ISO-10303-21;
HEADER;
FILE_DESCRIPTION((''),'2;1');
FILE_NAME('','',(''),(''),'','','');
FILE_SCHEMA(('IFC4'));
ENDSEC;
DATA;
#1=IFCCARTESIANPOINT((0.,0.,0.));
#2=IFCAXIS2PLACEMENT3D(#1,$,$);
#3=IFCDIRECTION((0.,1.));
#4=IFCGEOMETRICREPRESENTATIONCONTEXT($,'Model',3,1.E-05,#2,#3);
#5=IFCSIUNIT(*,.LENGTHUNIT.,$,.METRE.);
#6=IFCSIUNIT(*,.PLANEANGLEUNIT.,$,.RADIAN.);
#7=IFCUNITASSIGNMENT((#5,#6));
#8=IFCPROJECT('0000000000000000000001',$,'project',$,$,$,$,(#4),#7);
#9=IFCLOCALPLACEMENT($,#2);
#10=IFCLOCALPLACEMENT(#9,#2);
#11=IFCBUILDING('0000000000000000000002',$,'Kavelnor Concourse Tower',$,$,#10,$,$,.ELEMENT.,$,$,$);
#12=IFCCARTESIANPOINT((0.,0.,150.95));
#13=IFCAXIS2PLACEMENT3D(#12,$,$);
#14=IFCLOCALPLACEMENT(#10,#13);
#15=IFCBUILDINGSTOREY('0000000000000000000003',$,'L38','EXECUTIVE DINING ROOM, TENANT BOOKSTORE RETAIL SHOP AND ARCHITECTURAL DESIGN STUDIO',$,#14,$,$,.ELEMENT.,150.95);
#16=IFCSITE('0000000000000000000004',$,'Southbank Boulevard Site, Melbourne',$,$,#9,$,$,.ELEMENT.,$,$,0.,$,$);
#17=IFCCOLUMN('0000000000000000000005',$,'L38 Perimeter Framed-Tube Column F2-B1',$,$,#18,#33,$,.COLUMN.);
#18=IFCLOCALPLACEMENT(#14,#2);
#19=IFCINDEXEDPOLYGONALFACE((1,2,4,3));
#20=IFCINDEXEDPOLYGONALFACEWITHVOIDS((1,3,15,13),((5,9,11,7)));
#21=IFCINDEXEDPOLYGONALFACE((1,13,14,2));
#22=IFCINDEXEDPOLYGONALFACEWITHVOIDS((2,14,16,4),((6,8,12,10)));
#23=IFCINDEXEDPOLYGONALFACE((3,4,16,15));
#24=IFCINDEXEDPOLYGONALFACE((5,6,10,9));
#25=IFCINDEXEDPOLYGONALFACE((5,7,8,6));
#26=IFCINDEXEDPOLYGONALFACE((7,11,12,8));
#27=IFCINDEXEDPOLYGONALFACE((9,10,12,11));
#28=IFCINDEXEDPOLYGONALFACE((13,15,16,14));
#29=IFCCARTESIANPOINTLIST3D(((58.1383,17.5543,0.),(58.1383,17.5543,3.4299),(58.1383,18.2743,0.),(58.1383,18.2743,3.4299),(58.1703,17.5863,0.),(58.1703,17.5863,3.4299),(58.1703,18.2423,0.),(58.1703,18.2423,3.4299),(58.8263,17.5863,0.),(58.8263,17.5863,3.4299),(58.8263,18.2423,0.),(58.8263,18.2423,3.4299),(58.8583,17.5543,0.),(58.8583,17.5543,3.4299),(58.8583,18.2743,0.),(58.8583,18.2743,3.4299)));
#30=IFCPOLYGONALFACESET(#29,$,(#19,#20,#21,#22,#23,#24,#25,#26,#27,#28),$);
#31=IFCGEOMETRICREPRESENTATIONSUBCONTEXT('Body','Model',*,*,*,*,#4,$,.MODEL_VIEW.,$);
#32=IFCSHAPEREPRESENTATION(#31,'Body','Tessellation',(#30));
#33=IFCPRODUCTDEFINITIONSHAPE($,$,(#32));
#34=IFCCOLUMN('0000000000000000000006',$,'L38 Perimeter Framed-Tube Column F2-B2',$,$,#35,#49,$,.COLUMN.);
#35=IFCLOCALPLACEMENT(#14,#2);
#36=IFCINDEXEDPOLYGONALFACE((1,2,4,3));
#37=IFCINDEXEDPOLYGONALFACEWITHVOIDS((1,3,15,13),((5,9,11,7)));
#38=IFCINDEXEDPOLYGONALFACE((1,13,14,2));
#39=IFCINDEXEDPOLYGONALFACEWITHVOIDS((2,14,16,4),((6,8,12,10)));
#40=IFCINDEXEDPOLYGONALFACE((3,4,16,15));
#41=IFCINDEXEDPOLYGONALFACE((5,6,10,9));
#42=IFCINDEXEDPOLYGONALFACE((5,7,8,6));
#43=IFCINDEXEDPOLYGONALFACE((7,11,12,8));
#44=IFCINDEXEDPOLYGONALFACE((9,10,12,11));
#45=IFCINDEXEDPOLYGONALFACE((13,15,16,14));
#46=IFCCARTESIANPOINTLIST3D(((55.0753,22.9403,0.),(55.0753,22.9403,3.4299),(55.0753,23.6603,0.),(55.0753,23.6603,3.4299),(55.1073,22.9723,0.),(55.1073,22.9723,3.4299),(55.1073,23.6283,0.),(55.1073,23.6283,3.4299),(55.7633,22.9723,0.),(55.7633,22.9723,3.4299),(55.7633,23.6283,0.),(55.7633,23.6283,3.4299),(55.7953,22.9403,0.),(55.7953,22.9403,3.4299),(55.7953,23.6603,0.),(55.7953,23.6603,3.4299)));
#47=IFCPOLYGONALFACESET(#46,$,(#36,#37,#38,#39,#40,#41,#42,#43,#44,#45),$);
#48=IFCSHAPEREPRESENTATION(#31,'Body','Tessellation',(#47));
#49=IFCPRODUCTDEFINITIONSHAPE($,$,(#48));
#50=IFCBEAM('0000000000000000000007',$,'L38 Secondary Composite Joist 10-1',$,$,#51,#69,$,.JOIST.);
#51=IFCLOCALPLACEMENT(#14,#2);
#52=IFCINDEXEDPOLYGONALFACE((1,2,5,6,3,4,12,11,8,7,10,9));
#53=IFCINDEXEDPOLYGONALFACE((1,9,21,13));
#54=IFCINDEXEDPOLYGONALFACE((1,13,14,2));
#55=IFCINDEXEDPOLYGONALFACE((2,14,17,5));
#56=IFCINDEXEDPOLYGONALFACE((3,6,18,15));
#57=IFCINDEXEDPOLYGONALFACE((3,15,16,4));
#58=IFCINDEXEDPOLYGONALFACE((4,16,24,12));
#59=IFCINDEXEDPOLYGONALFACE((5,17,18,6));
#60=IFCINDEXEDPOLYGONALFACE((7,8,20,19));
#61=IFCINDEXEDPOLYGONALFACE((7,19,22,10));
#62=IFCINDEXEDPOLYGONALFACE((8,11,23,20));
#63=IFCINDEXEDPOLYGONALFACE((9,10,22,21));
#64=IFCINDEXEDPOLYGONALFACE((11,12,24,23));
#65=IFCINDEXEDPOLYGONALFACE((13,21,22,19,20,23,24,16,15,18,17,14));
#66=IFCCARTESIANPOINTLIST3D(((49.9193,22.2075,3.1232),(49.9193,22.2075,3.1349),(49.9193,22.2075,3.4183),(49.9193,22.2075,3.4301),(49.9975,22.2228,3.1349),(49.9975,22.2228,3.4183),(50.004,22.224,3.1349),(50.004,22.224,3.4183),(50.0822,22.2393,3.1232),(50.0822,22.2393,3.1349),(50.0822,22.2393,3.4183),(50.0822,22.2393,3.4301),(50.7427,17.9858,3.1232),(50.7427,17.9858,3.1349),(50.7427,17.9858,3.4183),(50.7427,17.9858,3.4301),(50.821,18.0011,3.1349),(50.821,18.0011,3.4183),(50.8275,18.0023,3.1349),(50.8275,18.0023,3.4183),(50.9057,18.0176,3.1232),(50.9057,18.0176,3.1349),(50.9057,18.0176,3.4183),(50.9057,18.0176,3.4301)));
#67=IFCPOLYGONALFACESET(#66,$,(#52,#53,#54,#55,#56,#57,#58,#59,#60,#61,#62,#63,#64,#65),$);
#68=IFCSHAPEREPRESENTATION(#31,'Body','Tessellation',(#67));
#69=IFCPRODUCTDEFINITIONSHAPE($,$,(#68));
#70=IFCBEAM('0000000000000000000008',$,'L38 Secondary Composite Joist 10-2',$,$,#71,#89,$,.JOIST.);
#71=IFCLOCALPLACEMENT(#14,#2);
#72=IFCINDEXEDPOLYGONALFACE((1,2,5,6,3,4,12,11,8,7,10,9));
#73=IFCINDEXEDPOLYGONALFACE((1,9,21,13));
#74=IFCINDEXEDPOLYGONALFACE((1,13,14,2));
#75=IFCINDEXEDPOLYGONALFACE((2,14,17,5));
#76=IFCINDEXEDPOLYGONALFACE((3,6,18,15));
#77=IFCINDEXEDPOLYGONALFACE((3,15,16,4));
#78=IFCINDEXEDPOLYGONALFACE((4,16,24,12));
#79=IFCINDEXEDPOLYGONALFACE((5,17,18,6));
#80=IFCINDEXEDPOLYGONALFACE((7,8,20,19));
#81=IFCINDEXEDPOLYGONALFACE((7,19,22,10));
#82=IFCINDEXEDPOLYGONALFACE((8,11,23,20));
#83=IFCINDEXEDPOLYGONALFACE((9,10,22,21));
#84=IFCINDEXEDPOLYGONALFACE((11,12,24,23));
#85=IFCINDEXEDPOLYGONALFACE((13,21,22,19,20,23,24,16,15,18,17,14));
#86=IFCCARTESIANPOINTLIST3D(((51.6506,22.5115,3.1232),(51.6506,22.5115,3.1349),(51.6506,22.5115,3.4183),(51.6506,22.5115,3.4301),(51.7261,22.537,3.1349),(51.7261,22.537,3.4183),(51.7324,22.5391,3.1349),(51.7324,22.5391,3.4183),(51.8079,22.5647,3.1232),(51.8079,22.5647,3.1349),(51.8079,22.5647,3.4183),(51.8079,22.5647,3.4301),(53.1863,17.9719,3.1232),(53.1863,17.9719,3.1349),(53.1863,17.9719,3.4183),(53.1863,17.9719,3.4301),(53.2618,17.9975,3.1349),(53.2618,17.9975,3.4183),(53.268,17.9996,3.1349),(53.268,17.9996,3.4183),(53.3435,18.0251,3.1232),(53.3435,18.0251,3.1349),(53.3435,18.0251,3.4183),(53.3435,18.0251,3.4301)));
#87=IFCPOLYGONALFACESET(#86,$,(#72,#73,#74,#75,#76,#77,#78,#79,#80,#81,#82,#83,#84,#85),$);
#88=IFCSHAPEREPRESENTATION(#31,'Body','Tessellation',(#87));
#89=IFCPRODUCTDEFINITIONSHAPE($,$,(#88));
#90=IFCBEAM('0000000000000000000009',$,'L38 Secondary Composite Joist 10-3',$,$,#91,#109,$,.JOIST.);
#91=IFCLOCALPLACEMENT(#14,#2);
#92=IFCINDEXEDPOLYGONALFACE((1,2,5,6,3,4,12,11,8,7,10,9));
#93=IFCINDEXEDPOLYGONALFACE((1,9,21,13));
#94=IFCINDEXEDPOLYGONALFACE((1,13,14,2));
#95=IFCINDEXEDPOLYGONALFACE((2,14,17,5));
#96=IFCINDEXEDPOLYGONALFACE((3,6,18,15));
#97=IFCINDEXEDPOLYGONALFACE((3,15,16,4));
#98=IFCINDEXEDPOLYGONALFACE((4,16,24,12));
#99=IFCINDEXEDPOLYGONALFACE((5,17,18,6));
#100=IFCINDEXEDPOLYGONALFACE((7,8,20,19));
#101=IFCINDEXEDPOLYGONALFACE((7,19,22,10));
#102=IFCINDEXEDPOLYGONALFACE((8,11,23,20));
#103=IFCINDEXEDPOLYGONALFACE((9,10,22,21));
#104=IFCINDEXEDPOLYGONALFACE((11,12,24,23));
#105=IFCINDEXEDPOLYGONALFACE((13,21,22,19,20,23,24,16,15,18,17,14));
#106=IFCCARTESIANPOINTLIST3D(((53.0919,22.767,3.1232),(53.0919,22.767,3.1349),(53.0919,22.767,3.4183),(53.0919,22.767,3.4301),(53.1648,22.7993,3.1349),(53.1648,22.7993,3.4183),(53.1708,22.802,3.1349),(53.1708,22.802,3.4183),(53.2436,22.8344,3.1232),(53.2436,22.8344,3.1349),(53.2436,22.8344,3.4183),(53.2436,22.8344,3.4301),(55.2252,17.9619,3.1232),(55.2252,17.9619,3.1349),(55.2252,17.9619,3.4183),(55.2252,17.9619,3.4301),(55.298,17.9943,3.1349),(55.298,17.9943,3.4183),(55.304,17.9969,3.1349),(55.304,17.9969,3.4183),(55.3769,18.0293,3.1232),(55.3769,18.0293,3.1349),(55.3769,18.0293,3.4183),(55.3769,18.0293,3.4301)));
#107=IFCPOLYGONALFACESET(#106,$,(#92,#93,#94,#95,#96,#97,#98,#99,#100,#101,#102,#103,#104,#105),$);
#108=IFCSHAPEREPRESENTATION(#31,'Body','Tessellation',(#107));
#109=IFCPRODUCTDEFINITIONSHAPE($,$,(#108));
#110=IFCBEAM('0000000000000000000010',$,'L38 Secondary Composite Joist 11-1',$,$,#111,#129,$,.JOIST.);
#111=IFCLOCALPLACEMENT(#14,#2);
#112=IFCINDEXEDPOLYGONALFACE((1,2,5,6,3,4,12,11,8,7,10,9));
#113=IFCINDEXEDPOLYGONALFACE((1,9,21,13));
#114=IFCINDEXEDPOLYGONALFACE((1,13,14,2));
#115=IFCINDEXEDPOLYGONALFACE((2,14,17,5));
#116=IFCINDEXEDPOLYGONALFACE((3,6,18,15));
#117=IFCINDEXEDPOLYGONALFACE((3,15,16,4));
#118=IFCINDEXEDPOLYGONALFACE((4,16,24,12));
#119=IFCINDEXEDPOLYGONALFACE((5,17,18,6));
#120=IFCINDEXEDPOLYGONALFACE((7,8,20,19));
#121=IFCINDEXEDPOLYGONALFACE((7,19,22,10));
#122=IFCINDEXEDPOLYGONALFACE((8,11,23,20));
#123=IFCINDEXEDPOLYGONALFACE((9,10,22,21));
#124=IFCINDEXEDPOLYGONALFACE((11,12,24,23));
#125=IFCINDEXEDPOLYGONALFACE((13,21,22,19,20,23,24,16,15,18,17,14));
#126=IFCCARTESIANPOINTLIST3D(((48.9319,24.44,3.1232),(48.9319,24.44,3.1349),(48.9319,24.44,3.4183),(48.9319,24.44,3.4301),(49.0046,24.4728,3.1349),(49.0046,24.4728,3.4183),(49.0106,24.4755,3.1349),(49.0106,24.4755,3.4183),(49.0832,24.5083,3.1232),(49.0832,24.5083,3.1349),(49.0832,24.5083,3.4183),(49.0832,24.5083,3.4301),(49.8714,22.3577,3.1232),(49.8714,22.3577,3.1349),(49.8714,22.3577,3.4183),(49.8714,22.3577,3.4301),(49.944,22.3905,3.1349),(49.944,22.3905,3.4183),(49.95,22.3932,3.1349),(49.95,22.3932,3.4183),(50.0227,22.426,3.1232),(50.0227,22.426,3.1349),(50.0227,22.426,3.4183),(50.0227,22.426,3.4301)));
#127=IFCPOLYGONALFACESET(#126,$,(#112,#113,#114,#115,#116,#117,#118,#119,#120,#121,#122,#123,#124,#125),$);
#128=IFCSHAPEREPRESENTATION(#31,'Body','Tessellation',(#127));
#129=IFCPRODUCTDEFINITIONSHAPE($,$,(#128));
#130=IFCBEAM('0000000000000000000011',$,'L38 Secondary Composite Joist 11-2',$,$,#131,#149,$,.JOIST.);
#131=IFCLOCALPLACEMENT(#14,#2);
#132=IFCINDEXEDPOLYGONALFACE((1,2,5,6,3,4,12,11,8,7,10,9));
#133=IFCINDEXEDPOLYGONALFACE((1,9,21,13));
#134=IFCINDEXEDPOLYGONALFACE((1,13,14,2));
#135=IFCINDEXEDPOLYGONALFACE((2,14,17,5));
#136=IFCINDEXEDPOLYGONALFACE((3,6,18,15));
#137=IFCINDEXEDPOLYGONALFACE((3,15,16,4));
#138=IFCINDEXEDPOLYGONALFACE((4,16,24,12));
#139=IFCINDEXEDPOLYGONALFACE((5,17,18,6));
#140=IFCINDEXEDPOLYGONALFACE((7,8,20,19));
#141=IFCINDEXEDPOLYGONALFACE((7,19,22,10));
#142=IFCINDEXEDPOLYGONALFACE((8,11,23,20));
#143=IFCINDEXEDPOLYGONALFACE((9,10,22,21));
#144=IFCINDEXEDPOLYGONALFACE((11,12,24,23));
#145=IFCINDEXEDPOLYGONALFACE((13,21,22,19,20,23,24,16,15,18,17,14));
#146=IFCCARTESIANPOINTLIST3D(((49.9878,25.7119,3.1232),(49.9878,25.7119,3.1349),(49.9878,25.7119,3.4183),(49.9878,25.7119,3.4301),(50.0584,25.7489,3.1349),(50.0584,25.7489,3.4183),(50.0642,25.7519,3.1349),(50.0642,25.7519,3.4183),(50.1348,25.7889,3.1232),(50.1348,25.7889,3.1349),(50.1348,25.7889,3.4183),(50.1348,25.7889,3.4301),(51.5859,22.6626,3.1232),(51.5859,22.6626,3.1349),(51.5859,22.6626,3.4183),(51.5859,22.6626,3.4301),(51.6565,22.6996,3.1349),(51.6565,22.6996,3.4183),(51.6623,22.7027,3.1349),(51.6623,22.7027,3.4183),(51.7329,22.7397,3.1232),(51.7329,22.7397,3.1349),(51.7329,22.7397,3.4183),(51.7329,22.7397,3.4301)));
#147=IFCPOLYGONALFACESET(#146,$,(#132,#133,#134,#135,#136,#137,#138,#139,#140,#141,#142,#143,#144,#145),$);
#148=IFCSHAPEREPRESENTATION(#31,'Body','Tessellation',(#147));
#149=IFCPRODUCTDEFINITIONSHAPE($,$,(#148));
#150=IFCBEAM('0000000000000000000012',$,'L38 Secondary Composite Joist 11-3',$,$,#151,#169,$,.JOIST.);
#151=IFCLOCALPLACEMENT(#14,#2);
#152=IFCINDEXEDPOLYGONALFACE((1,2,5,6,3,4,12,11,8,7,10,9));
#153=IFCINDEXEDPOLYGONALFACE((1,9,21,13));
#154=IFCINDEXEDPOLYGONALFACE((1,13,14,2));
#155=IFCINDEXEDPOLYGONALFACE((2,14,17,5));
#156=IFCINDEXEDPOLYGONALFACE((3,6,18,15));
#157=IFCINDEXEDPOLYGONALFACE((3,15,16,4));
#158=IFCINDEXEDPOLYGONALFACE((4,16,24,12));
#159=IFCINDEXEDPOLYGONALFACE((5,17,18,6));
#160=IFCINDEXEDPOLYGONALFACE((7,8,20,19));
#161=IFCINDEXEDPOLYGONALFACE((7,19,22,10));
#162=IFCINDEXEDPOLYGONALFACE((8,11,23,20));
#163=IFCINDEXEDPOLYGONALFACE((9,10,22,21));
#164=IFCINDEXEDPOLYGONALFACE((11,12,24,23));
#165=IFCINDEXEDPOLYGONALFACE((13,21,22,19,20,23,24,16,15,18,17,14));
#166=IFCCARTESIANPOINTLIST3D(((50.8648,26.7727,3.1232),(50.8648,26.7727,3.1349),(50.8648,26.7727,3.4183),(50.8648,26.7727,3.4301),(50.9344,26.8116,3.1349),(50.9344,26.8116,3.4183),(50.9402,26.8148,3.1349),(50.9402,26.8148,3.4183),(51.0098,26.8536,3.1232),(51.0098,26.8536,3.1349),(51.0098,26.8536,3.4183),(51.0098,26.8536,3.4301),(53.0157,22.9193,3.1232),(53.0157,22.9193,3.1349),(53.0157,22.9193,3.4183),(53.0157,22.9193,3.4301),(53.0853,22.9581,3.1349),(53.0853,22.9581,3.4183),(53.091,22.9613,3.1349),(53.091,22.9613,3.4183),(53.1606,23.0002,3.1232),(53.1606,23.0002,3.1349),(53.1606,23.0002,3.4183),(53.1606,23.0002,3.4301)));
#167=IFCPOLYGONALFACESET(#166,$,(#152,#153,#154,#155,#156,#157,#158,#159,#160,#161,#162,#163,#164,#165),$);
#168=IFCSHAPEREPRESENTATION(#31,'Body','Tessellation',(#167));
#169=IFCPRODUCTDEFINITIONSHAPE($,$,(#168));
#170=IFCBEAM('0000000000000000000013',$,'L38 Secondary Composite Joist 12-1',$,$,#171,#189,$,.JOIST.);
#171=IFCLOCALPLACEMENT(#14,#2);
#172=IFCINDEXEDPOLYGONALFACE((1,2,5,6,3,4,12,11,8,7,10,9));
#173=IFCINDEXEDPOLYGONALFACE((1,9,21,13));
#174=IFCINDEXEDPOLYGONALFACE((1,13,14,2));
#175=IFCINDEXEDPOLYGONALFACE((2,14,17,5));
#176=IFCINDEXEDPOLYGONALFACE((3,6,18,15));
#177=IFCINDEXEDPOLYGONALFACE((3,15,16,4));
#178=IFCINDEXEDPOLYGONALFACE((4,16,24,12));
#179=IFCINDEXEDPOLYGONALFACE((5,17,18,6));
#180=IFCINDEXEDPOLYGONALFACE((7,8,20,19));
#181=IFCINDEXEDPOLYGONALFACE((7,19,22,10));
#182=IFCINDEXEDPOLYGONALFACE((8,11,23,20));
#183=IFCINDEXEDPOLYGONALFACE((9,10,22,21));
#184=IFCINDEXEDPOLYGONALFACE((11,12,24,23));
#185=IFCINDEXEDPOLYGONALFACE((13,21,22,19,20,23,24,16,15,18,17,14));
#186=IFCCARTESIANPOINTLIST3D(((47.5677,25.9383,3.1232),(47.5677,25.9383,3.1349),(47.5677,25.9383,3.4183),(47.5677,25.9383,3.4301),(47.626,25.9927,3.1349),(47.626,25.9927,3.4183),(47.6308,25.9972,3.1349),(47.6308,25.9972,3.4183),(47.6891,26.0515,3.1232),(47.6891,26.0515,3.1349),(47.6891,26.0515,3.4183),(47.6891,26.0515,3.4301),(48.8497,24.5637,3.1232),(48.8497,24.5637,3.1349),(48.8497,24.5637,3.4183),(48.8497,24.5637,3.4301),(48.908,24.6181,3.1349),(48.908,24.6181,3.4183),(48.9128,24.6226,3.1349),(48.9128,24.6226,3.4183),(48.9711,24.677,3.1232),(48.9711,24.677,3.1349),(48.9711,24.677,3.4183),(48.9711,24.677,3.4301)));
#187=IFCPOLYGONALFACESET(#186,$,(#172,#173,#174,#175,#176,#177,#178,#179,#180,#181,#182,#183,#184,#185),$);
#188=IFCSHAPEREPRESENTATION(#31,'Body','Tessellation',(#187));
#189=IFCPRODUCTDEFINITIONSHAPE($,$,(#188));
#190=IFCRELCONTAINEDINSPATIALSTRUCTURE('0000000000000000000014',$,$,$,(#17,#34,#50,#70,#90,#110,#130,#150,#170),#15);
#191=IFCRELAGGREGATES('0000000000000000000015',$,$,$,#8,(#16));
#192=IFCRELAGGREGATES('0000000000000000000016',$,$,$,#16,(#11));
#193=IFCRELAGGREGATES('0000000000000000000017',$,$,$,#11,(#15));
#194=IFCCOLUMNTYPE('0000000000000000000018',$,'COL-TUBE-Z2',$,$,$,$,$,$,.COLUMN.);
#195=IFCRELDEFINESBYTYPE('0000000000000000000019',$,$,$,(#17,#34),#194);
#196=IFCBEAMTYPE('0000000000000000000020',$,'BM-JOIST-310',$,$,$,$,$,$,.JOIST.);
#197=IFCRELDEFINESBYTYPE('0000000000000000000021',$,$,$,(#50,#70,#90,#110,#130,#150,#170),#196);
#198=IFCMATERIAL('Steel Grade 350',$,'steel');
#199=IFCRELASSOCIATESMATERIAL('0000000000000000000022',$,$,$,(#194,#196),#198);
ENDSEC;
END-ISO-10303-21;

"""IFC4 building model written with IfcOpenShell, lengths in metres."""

from ifc_helpers import new_model, si_unit, direction, frame, origin, origin_2d, place, context, subcontext, project, spatial, hollow_rectangle, i_section, extrude, material, material_profile, profile_set, type_object, element, save


model = new_model("IFC4")

# Units and contexts
model_context = context("Model", 3, precision=1e-05, world=origin(), true_north=direction((0.0, 1.0)))
body_context = subcontext(model_context, "Body", "Model", "MODEL_VIEW")
ifc_project = project(units=[si_unit("LENGTHUNIT", "METRE"), si_unit("PLANEANGLEUNIT", "RADIAN")], contexts=[model_context])

# Site, building, storey
site_placement = place(None, origin())
site = spatial("IfcSite", under=ifc_project, at=site_placement, Name="Southbank Boulevard Site, Melbourne", CompositionType="ELEMENT", RefElevation=0.0)
building_placement = place(site_placement, origin())
building = spatial("IfcBuilding", under=site, at=building_placement, Name="Kavelnor Concourse Tower", CompositionType="ELEMENT")
storey_placement = place(building_placement, frame((0.0, 0.0, 150.95)))
storey = spatial("IfcBuildingStorey", under=building, at=storey_placement, Name="L38", Description="EXECUTIVE DINING ROOM, TENANT BOOKSTORE RETAIL SHOP AND ARCHITECTURAL DESIGN STUDIO", CompositionType="ELEMENT", Elevation=150.95)

# Columns
ifc_material_1 = material(Name="Steel Grade 350", Category="steel")
ifc_material_profile_1 = material_profile(ifc_material_1, hollow_rectangle(XDim=0.72, YDim=0.72, WallThickness=0.032, at=origin_2d()), Name="SHS 720x720x32")
ifc_profile_set_1 = profile_set([ifc_material_profile_1], Name="Steel Grade 350")
column_type = type_object("IfcColumnType", Name="COL-TUBE-Z2", PredefinedType="COLUMN", material=ifc_profile_set_1)
for number, where, z_axis, x_axis, name in (
    (1, (58.4983, 17.9143, 0.0), (0.0, 0.0, 1.0), (1.0, 0.0, 0.0), "L38 Perimeter Framed-Tube Column F2-B1"),
    (2, (55.4353, 23.3003, 0.0), (0.0, 0.0, 1.0), (1.0, 0.0, 0.0), "L38 Perimeter Framed-Tube Column F2-B2"),
):
    element("IfcColumn", number, at=place(storey_placement, frame(where, z_axis=z_axis, x_axis=x_axis)), inside=storey, type_object=column_type, Name=name, PredefinedType="COLUMN", context=body_context, shape_type="SweptSolid", body=[
        extrude(hollow_rectangle(XDim=0.72, YDim=0.72, WallThickness=0.032, at=origin_2d()), origin(), (0.0, 0.0, 1.0), 3.4299),
    ])

# Beams
ifc_material_profile_2 = material_profile(ifc_material_1, i_section(OverallWidth=0.166, OverallDepth=0.3069, WebThickness=0.0066, FlangeThickness=0.0117, at=origin_2d()), Name="310UB46")
ifc_profile_set_2 = profile_set([ifc_material_profile_2], Name="Steel Grade 350")
beam_type_1 = type_object("IfcBeamType", Name="BM-JOIST-310", PredefinedType="JOIST", material=ifc_profile_set_2)
beam_1_placement = place(storey_placement, frame((50.8242, 18.0017, 3.2766), z_axis=(-0.191453, 0.981502, 0.0), x_axis=(-0.981502, -0.191453, 0.0)))
element("IfcBeam", 3, at=beam_1_placement, inside=storey, type_object=beam_type_1, Name="L38 Secondary Composite Joist 10-1", PredefinedType="JOIST", context=body_context, shape_type="SweptSolid", body=[
    extrude(i_section(OverallWidth=0.166, OverallDepth=0.3069, WebThickness=0.0066, FlangeThickness=0.0117, at=origin_2d()), origin(), (0.0, 0.0, 1.0), 4.3013),
])
beam_2_placement = place(storey_placement, frame((53.2649, 17.9985, 3.2766), z_axis=(-0.320443, 0.947268, 0.0), x_axis=(-0.947268, -0.320443, 0.0)))
element("IfcBeam", 4, at=beam_2_placement, inside=storey, type_object=beam_type_1, Name="L38 Secondary Composite Joist 10-2", PredefinedType="JOIST", context=body_context, shape_type="SweptSolid", body=[
    extrude(i_section(OverallWidth=0.166, OverallDepth=0.3069, WebThickness=0.0066, FlangeThickness=0.0117, at=origin_2d()), origin(), (0.0, 0.0, 1.0), 4.7922),
])
beam_3_placement = place(storey_placement, frame((55.301, 17.9956, 3.2766), z_axis=(-0.405768, 0.913976, 0.0), x_axis=(-0.913976, -0.405768, 0.0)))
element("IfcBeam", 5, at=beam_3_placement, inside=storey, type_object=beam_type_1, Name="L38 Secondary Composite Joist 10-3", PredefinedType="JOIST", context=body_context, shape_type="SweptSolid", body=[
    extrude(i_section(OverallWidth=0.166, OverallDepth=0.3069, WebThickness=0.0066, FlangeThickness=0.0117, at=origin_2d()), origin(), (0.0, 0.0, 1.0), 5.2573),
])
beam_4_placement = place(storey_placement, frame((49.947, 22.3918, 3.2766), z_axis=(-0.411249, 0.911523, 0.0), x_axis=(-0.911523, -0.411249, 0.0)))
element("IfcBeam", 6, at=beam_4_placement, inside=storey, type_object=beam_type_1, Name="L38 Secondary Composite Joist 11-1", PredefinedType="JOIST", context=body_context, shape_type="SweptSolid", body=[
    extrude(i_section(OverallWidth=0.166, OverallDepth=0.3069, WebThickness=0.0066, FlangeThickness=0.0117, at=origin_2d()), origin(), (0.0, 0.0, 1.0), 2.2844),
])
beam_5_placement = place(storey_placement, frame((51.6594, 22.7012, 3.2766), z_axis=(-0.464208, 0.885726, 0.0), x_axis=(-0.885726, -0.464208, 0.0)))
element("IfcBeam", 7, at=beam_5_placement, inside=storey, type_object=beam_type_1, Name="L38 Secondary Composite Joist 11-2", PredefinedType="JOIST", context=body_context, shape_type="SweptSolid", body=[
    extrude(i_section(OverallWidth=0.166, OverallDepth=0.3069, WebThickness=0.0066, FlangeThickness=0.0117, at=origin_2d()), origin(), (0.0, 0.0, 1.0), 3.4426),
])
beam_6_placement = place(storey_placement, frame((53.0881, 22.9597, 3.2766), z_axis=(-0.48738, 0.87319, 0.0), x_axis=(-0.87319, -0.48738, 0.0)))
element("IfcBeam", 8, at=beam_6_placement, inside=storey, type_object=beam_type_1, Name="L38 Secondary Composite Joist 11-3", PredefinedType="JOIST", context=body_context, shape_type="SweptSolid", body=[
    extrude(i_section(OverallWidth=0.166, OverallDepth=0.3069, WebThickness=0.0066, FlangeThickness=0.0117, at=origin_2d()), origin(), (0.0, 0.0, 1.0), 4.4131),
])
beam_7_placement = place(storey_placement, frame((48.9104, 24.6204, 3.2766), z_axis=(-0.682064, 0.731293, 0.0), x_axis=(-0.731293, -0.682064, 0.0)))
element("IfcBeam", 9, at=beam_7_placement, inside=storey, type_object=beam_type_1, Name="L38 Secondary Composite Joist 12-1", PredefinedType="JOIST", context=body_context, shape_type="SweptSolid", body=[
    extrude(i_section(OverallWidth=0.166, OverallDepth=0.3069, WebThickness=0.0066, FlangeThickness=0.0117, at=origin_2d()), origin(), (0.0, 0.0, 1.0), 1.8796),
])

save(model, "model.ifc")
